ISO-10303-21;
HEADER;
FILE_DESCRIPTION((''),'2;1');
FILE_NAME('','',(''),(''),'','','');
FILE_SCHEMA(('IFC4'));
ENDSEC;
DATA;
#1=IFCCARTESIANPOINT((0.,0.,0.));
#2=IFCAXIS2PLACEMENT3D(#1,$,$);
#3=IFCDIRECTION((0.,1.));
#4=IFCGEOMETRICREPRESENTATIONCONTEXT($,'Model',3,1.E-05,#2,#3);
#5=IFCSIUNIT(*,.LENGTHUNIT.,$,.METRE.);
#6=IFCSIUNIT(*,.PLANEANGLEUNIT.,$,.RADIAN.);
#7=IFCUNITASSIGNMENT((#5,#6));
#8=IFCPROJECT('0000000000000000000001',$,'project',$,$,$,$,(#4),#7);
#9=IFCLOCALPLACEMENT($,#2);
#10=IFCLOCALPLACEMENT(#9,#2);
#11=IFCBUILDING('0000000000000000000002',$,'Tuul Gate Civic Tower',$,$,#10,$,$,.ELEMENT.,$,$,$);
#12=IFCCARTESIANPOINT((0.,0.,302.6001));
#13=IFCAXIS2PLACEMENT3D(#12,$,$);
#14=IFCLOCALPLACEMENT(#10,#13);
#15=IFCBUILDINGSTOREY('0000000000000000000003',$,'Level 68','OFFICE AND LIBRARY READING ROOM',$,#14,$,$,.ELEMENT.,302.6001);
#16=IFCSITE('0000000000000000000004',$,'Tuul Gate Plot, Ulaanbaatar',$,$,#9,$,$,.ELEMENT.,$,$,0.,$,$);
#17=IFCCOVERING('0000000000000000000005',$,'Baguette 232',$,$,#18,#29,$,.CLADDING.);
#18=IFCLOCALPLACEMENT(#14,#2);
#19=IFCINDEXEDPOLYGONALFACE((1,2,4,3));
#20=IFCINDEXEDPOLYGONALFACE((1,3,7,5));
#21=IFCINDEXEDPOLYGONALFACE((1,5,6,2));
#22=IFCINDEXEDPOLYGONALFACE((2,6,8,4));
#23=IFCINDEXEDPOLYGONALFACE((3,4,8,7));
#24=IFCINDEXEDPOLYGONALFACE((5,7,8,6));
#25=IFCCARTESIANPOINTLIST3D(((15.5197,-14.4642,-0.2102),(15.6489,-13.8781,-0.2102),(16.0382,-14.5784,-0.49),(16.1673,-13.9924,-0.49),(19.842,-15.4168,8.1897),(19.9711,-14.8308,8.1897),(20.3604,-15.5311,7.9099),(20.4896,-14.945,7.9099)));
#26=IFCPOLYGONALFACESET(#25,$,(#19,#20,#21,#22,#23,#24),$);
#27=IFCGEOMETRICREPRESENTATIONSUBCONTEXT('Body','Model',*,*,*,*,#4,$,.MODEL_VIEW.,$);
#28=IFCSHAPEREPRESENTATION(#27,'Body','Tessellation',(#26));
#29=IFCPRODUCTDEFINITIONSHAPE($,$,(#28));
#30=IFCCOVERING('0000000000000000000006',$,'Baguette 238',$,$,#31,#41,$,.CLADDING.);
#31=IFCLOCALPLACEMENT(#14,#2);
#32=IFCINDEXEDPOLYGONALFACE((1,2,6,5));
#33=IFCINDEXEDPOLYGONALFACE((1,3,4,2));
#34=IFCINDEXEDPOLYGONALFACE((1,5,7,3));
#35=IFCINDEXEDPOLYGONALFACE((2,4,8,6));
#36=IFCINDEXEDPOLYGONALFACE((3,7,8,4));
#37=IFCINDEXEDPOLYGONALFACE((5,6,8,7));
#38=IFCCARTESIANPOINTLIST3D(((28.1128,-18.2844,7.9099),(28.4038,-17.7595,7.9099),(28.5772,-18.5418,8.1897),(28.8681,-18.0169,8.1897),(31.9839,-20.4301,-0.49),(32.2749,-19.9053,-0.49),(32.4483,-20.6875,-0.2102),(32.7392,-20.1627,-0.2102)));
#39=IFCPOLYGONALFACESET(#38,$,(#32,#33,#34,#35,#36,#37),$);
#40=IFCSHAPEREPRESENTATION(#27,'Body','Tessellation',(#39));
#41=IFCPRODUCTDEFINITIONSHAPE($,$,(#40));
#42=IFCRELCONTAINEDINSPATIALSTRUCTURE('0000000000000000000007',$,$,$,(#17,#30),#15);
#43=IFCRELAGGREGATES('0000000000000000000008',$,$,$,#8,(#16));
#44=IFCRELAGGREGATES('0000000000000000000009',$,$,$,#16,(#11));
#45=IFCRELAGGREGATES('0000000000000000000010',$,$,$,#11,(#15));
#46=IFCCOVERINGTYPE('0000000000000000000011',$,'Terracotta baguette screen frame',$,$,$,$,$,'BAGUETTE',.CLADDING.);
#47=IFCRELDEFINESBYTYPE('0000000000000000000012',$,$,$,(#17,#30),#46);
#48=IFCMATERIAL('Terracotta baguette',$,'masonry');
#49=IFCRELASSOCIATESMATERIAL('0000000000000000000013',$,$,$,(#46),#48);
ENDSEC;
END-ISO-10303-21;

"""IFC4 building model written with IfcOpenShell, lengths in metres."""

from ifc_helpers import new_model, si_unit, direction, frame, origin, origin_2d, place, context, subcontext, project, spatial, rectangle, extrude, material, material_profile, profile_set, type_object, element, save


model = new_model("IFC4")

# Units and contexts
model_context = context("Model", 3, precision=1e-05, world=origin(), true_north=direction((0.0, 1.0)))
body_context = subcontext(model_context, "Body", "Model", "MODEL_VIEW")
ifc_project = project(units=[si_unit("LENGTHUNIT", "METRE"), si_unit("PLANEANGLEUNIT", "RADIAN")], contexts=[model_context])

# Site, building, storey
site_placement = place(None, origin())
site = spatial("IfcSite", under=ifc_project, at=site_placement, Name="Tuul Gate Plot, Ulaanbaatar", CompositionType="ELEMENT", RefElevation=0.0)
building_placement = place(site_placement, origin())
building = spatial("IfcBuilding", under=site, at=building_placement, Name="Tuul Gate Civic Tower", CompositionType="ELEMENT")
storey_placement = place(building_placement, frame((0.0, 0.0, 302.6001)))
storey = spatial("IfcBuildingStorey", under=building, at=storey_placement, Name="Level 68", Description="OFFICE AND LIBRARY READING ROOM", CompositionType="ELEMENT", Elevation=302.6001)

# Coverings
ifc_material_1 = material(Name="Terracotta baguette", Category="masonry")
ifc_material_profile_1 = material_profile(ifc_material_1, rectangle(XDim=0.6001, YDim=0.6001, at=origin_2d()), Name="Terracotta baguette screen frame")
ifc_profile_set_1 = profile_set([ifc_material_profile_1], Name="Terracotta baguette")
covering_type = type_object("IfcCoveringType", Name="Terracotta baguette screen frame", ElementType="BAGUETTE", PredefinedType="CLADDING", material=ifc_profile_set_1)
for number, where, z_axis, x_axis, name in (
    (1, (20.1658, -15.1809, 8.0498), (-0.455233, 0.100334, -0.884701), (-0.215236, -0.976562, 0.0), "Baguette 232"),
    (2, (28.4905, -18.1506, 8.0498), (0.407714, -0.225996, -0.8847), (0.484804, 0.874623, 0.0), "Baguette 238"),
):
    element("IfcCovering", number, at=place(storey_placement, frame(where, z_axis=z_axis, x_axis=x_axis)), inside=storey, type_object=covering_type, Name=name, PredefinedType="CLADDING", context=body_context, shape_type="SweptSolid", body=[
        extrude(rectangle(XDim=0.6001, YDim=0.6001, at=origin_2d()), origin(), (0.0, 0.0, 1.0), 9.4946),
    ])

save(model, "model.ifc")
